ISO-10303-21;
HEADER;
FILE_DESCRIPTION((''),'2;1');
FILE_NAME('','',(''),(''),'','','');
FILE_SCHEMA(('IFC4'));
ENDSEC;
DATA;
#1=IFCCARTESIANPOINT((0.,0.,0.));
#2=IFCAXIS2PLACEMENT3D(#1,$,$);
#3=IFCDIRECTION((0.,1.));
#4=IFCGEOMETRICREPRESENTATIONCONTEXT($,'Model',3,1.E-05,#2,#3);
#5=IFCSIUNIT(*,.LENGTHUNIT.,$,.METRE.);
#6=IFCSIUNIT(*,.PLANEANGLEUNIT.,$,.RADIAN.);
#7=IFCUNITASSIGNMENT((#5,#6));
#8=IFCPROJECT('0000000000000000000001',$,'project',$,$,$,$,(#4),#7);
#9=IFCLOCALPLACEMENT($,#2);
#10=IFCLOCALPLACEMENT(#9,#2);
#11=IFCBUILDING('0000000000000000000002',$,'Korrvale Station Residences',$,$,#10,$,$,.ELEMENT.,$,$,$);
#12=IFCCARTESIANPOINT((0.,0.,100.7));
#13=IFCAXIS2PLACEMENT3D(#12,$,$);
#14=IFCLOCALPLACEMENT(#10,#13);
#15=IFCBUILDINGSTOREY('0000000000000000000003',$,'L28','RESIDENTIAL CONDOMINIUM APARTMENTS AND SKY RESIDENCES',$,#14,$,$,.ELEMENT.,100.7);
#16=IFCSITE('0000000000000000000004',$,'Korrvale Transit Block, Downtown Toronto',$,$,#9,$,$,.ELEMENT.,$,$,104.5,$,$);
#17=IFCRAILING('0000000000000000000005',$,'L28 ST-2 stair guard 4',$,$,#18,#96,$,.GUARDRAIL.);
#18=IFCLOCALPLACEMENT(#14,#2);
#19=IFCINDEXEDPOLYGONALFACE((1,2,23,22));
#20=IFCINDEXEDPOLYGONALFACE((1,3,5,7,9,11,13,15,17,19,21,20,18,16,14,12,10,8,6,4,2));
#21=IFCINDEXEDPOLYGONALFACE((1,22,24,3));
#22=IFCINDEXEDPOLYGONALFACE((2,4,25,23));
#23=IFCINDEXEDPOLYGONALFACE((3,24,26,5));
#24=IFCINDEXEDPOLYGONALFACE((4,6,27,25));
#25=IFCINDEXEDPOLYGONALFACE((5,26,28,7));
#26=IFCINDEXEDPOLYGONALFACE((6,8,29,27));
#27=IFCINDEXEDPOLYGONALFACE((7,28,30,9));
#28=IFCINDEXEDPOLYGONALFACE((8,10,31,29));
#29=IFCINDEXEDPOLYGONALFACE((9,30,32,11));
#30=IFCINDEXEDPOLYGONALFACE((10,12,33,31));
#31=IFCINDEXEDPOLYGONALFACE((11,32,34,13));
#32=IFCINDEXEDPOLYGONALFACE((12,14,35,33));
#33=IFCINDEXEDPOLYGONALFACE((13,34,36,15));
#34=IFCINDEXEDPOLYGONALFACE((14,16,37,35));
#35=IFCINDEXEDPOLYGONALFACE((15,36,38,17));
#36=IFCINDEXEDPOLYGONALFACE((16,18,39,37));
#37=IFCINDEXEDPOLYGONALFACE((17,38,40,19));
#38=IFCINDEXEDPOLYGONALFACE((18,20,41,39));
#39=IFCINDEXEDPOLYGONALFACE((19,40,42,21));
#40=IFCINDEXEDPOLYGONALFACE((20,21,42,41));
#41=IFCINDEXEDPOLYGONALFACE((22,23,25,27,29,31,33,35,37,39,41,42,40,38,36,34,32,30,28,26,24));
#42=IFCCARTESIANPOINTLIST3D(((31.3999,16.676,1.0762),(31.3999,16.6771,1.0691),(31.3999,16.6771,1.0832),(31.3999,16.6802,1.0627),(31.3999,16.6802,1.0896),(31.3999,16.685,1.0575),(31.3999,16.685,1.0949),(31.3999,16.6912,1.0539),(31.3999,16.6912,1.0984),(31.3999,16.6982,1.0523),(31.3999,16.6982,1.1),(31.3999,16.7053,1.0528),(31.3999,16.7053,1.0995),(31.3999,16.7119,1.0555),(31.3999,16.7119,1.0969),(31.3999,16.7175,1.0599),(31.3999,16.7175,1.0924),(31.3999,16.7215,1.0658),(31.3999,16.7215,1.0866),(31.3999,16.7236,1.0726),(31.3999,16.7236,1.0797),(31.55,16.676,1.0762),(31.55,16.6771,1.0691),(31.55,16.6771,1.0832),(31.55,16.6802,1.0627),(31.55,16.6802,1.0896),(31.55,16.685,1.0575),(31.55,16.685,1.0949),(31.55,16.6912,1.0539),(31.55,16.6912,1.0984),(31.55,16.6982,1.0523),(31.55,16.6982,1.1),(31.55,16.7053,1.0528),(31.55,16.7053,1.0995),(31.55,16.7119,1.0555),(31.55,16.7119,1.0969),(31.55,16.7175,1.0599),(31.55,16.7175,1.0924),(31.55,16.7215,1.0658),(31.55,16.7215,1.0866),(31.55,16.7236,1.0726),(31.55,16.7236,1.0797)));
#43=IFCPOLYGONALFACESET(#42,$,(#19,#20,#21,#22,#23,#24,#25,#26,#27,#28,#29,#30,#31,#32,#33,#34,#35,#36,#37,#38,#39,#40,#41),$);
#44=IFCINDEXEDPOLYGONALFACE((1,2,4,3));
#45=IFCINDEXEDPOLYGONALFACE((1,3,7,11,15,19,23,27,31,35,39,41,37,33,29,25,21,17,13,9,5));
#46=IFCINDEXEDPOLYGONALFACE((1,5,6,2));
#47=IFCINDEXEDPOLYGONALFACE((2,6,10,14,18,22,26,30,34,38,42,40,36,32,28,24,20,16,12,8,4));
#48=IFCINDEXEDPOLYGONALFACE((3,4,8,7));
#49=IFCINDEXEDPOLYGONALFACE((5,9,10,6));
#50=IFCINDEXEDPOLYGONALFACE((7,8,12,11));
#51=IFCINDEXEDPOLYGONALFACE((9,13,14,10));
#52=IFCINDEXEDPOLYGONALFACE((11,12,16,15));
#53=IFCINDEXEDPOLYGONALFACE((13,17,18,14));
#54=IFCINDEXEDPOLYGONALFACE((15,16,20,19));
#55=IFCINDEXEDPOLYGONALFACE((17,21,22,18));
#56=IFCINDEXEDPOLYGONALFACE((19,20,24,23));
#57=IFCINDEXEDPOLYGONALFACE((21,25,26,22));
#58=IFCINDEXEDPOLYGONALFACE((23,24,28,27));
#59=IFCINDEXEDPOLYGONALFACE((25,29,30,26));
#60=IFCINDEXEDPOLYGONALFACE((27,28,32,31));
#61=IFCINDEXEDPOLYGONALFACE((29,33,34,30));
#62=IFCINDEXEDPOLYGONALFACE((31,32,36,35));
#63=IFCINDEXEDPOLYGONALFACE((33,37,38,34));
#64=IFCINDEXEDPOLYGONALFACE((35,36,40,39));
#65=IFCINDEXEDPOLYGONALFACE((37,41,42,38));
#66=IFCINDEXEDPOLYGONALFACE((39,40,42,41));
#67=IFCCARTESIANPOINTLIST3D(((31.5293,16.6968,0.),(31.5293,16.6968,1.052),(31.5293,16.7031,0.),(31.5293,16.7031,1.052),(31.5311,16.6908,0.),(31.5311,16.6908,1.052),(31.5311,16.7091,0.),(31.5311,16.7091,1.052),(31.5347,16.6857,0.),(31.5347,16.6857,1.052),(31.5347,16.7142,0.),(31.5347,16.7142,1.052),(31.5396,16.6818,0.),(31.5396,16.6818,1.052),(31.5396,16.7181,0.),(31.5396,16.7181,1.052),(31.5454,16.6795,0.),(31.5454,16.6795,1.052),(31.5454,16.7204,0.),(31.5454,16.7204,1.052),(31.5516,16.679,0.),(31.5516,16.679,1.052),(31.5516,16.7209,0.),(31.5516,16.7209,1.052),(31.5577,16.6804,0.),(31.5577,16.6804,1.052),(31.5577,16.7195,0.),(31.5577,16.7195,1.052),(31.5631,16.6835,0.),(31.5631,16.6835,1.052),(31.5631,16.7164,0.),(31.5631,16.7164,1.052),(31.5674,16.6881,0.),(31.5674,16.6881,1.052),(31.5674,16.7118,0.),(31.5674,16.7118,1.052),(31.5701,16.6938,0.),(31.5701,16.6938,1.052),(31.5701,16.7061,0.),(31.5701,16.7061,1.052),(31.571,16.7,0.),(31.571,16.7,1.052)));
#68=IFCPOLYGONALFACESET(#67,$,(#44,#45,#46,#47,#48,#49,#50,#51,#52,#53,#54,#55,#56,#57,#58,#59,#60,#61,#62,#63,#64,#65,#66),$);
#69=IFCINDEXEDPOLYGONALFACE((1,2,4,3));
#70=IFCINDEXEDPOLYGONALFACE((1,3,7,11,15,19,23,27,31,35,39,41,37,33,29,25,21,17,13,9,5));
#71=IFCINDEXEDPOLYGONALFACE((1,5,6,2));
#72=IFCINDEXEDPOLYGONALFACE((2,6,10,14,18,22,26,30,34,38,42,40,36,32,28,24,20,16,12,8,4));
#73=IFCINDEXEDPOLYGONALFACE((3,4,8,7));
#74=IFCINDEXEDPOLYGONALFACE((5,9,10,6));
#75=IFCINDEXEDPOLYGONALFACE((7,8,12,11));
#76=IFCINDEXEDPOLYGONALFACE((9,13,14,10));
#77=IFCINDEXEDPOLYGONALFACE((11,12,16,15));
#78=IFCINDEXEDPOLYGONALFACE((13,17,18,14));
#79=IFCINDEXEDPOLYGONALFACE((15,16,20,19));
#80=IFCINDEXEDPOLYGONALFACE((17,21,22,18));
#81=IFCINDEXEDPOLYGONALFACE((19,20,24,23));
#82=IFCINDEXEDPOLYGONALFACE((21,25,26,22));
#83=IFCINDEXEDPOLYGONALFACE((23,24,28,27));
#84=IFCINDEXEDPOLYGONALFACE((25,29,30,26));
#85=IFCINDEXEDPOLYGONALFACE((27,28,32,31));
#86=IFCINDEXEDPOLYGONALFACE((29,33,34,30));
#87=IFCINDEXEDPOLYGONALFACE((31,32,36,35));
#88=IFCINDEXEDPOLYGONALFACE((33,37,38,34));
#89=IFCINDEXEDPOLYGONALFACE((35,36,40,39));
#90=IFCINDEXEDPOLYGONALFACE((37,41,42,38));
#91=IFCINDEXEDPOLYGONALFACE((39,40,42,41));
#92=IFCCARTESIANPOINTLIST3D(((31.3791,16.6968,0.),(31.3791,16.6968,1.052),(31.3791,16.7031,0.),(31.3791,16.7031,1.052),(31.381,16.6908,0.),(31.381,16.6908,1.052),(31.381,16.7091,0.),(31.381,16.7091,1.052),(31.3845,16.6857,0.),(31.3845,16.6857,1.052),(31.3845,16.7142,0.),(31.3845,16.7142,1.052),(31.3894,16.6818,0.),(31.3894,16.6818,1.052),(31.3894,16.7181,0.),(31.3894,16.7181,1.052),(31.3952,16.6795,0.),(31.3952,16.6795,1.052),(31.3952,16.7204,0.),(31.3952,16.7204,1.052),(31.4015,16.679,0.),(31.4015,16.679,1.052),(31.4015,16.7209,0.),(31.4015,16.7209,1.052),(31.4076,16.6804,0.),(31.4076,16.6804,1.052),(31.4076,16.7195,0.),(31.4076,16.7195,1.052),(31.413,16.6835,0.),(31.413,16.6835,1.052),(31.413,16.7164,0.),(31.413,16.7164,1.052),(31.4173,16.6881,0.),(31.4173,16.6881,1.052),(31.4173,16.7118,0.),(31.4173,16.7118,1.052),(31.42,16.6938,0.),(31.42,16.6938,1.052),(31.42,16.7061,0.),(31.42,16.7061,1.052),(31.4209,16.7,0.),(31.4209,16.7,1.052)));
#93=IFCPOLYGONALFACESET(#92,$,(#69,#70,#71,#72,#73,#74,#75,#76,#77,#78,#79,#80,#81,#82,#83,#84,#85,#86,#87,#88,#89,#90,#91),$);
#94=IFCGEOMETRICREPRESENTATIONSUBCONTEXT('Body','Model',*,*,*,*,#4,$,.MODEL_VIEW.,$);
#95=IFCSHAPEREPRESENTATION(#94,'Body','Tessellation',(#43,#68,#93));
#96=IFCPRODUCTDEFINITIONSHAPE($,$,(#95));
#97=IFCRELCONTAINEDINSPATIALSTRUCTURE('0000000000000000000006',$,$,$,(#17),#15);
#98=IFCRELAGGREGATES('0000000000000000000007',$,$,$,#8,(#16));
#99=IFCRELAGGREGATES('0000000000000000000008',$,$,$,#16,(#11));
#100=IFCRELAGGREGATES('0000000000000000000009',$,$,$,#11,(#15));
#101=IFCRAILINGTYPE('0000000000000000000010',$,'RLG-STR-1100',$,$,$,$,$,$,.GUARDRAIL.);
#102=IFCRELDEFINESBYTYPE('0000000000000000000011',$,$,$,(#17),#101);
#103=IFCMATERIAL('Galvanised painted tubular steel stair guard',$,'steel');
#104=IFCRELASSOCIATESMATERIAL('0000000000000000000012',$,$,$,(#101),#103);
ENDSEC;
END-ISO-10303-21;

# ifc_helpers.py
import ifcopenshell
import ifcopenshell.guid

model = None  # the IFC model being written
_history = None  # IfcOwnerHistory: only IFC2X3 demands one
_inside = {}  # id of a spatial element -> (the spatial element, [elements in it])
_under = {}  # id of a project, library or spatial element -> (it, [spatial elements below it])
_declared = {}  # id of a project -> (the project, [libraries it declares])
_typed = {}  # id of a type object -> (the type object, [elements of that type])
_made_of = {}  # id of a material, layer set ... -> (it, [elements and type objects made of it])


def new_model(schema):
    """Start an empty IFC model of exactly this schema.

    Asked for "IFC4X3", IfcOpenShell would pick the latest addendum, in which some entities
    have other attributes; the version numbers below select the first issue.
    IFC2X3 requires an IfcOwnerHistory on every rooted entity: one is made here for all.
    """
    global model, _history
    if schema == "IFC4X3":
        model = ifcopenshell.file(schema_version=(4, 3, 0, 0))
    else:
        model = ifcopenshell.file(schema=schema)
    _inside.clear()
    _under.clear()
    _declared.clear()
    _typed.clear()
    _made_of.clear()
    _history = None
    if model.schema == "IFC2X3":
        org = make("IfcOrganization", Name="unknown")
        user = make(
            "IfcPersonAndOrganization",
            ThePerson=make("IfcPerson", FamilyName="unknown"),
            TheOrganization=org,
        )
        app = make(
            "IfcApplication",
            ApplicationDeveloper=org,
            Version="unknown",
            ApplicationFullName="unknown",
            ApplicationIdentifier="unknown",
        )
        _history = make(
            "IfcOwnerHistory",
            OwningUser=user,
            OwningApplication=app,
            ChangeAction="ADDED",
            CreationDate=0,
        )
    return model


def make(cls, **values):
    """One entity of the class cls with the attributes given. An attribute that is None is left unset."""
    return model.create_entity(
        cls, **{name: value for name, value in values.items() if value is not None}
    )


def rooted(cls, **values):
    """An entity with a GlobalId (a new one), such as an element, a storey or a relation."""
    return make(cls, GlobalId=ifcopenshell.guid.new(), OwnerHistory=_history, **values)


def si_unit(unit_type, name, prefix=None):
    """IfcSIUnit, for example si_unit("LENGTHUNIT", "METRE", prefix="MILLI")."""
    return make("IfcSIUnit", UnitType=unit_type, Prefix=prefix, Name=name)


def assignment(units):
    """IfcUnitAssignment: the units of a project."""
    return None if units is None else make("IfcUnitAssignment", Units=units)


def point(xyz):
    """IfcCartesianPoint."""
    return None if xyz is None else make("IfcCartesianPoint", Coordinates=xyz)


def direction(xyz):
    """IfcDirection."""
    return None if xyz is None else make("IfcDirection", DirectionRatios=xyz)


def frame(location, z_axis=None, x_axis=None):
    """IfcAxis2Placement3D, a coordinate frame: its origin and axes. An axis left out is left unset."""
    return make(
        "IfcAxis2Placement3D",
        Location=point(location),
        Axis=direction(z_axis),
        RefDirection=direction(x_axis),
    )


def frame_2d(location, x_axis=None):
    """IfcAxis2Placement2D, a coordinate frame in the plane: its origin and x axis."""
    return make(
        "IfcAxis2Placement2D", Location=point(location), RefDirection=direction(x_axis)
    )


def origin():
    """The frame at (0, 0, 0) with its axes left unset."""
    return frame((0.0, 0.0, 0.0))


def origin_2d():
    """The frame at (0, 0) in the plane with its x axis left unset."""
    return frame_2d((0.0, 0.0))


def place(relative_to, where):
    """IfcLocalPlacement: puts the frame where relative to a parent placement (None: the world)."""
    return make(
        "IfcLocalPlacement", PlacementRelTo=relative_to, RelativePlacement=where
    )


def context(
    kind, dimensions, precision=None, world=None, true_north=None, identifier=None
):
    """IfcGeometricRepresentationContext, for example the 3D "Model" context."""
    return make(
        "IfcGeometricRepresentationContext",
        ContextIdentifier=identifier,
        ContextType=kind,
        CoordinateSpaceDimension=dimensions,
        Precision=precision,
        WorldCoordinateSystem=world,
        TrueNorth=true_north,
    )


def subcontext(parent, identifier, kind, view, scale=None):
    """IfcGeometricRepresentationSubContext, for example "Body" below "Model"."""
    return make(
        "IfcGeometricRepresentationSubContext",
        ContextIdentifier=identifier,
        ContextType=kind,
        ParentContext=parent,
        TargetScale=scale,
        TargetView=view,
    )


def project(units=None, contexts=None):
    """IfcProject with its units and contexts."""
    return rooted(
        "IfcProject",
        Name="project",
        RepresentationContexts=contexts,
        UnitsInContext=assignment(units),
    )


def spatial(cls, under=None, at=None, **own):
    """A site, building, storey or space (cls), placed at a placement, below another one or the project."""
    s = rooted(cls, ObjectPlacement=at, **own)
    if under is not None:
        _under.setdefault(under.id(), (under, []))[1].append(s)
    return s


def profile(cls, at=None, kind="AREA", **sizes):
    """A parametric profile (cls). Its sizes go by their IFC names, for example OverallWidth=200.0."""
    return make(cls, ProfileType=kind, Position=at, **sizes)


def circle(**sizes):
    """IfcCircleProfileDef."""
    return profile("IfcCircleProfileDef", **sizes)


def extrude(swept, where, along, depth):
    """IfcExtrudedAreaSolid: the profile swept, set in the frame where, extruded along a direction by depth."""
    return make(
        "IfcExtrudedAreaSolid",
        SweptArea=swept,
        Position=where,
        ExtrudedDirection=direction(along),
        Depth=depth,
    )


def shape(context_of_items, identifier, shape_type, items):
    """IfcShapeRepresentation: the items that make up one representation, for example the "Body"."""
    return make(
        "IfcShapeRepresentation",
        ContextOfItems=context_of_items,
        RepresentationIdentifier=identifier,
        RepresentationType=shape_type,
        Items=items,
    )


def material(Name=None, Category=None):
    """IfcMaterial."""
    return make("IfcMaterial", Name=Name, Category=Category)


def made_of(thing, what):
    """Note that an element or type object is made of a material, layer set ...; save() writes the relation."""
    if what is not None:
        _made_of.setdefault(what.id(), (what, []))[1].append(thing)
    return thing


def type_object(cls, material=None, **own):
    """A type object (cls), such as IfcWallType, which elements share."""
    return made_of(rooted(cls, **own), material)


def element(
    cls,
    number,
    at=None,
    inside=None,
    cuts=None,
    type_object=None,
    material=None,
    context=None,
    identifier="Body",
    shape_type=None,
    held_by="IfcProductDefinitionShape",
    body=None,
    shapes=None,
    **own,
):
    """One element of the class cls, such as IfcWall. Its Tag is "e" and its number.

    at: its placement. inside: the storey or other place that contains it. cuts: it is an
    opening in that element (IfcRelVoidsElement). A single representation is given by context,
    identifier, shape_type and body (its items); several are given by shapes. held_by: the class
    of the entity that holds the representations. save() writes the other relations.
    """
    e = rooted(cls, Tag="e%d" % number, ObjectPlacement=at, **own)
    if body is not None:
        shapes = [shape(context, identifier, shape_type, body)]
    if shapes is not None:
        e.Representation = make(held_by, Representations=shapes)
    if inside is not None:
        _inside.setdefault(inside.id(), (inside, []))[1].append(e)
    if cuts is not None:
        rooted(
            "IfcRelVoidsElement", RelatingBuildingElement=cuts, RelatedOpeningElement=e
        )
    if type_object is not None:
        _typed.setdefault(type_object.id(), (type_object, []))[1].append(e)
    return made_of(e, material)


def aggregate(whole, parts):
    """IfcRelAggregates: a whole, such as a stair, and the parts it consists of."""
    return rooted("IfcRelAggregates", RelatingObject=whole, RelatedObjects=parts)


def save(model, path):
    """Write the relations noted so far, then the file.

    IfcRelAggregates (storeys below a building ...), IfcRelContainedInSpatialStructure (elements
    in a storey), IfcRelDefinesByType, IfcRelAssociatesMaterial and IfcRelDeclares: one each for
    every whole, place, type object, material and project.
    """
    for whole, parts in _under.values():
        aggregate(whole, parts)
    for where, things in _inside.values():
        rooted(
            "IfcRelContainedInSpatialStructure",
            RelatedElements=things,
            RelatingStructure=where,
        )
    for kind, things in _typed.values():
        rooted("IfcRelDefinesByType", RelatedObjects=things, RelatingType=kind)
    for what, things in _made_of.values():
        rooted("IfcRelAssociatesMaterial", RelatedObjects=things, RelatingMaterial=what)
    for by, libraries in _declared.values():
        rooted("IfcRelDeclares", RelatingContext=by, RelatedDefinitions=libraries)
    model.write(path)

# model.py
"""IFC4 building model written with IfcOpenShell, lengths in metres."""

from ifc_helpers import new_model, si_unit, direction, frame, origin, origin_2d, place, context, subcontext, project, spatial, circle, extrude, material, type_object, element, save


model = new_model("IFC4")

# Units and contexts
model_context = context("Model", 3, precision=1e-05, world=origin(), true_north=direction((0.0, 1.0)))
body_context = subcontext(model_context, "Body", "Model", "MODEL_VIEW")
ifc_project = project(units=[si_unit("LENGTHUNIT", "METRE"), si_unit("PLANEANGLEUNIT", "RADIAN")], contexts=[model_context])

# Site, building, storey
site_placement = place(None, origin())
site = spatial("IfcSite", under=ifc_project, at=site_placement, Name="Korrvale Transit Block, Downtown Toronto", CompositionType="ELEMENT", RefElevation=104.5)
building_placement = place(site_placement, origin())
building = spatial("IfcBuilding", under=site, at=building_placement, Name="Korrvale Station Residences", CompositionType="ELEMENT")
storey_placement = place(building_placement, frame((0.0, 0.0, 100.7)))
storey = spatial("IfcBuildingStorey", under=building, at=storey_placement, Name="L28", Description="RESIDENTIAL CONDOMINIUM APARTMENTS AND SKY RESIDENCES", CompositionType="ELEMENT", Elevation=100.7)

# Railing
ifc_material_1 = material(Name="Galvanised painted tubular steel stair guard", Category="steel")
railing_type_1 = type_object("IfcRailingType", Name="RLG-STR-1100", PredefinedType="GUARDRAIL", material=ifc_material_1)
railing_1_placement = place(storey_placement, frame((31.55, 16.7, 0.0)))
element("IfcRailing", 1, at=railing_1_placement, inside=storey, type_object=railing_type_1, Name="L28 ST-2 stair guard 4", PredefinedType="GUARDRAIL", context=body_context, shape_type="SweptSolid", body=[
    extrude(circle(Radius=0.0239, at=origin_2d()), frame((0.0, 0.0, 1.0762), z_axis=(-1.0, 0.0, 0.0), x_axis=(0.0, -1.0, 0.0)), (0.0, 0.0, 1.0), 0.1501),
    extrude(circle(Radius=0.021, at=origin_2d()), origin(), (0.0, 0.0, 1.0), 1.052),
    extrude(circle(Radius=0.021, at=origin_2d()), frame((-0.1501, 0.0, 0.0)), (0.0, 0.0, 1.0), 1.052),
])

save(model, "model.ifc")
